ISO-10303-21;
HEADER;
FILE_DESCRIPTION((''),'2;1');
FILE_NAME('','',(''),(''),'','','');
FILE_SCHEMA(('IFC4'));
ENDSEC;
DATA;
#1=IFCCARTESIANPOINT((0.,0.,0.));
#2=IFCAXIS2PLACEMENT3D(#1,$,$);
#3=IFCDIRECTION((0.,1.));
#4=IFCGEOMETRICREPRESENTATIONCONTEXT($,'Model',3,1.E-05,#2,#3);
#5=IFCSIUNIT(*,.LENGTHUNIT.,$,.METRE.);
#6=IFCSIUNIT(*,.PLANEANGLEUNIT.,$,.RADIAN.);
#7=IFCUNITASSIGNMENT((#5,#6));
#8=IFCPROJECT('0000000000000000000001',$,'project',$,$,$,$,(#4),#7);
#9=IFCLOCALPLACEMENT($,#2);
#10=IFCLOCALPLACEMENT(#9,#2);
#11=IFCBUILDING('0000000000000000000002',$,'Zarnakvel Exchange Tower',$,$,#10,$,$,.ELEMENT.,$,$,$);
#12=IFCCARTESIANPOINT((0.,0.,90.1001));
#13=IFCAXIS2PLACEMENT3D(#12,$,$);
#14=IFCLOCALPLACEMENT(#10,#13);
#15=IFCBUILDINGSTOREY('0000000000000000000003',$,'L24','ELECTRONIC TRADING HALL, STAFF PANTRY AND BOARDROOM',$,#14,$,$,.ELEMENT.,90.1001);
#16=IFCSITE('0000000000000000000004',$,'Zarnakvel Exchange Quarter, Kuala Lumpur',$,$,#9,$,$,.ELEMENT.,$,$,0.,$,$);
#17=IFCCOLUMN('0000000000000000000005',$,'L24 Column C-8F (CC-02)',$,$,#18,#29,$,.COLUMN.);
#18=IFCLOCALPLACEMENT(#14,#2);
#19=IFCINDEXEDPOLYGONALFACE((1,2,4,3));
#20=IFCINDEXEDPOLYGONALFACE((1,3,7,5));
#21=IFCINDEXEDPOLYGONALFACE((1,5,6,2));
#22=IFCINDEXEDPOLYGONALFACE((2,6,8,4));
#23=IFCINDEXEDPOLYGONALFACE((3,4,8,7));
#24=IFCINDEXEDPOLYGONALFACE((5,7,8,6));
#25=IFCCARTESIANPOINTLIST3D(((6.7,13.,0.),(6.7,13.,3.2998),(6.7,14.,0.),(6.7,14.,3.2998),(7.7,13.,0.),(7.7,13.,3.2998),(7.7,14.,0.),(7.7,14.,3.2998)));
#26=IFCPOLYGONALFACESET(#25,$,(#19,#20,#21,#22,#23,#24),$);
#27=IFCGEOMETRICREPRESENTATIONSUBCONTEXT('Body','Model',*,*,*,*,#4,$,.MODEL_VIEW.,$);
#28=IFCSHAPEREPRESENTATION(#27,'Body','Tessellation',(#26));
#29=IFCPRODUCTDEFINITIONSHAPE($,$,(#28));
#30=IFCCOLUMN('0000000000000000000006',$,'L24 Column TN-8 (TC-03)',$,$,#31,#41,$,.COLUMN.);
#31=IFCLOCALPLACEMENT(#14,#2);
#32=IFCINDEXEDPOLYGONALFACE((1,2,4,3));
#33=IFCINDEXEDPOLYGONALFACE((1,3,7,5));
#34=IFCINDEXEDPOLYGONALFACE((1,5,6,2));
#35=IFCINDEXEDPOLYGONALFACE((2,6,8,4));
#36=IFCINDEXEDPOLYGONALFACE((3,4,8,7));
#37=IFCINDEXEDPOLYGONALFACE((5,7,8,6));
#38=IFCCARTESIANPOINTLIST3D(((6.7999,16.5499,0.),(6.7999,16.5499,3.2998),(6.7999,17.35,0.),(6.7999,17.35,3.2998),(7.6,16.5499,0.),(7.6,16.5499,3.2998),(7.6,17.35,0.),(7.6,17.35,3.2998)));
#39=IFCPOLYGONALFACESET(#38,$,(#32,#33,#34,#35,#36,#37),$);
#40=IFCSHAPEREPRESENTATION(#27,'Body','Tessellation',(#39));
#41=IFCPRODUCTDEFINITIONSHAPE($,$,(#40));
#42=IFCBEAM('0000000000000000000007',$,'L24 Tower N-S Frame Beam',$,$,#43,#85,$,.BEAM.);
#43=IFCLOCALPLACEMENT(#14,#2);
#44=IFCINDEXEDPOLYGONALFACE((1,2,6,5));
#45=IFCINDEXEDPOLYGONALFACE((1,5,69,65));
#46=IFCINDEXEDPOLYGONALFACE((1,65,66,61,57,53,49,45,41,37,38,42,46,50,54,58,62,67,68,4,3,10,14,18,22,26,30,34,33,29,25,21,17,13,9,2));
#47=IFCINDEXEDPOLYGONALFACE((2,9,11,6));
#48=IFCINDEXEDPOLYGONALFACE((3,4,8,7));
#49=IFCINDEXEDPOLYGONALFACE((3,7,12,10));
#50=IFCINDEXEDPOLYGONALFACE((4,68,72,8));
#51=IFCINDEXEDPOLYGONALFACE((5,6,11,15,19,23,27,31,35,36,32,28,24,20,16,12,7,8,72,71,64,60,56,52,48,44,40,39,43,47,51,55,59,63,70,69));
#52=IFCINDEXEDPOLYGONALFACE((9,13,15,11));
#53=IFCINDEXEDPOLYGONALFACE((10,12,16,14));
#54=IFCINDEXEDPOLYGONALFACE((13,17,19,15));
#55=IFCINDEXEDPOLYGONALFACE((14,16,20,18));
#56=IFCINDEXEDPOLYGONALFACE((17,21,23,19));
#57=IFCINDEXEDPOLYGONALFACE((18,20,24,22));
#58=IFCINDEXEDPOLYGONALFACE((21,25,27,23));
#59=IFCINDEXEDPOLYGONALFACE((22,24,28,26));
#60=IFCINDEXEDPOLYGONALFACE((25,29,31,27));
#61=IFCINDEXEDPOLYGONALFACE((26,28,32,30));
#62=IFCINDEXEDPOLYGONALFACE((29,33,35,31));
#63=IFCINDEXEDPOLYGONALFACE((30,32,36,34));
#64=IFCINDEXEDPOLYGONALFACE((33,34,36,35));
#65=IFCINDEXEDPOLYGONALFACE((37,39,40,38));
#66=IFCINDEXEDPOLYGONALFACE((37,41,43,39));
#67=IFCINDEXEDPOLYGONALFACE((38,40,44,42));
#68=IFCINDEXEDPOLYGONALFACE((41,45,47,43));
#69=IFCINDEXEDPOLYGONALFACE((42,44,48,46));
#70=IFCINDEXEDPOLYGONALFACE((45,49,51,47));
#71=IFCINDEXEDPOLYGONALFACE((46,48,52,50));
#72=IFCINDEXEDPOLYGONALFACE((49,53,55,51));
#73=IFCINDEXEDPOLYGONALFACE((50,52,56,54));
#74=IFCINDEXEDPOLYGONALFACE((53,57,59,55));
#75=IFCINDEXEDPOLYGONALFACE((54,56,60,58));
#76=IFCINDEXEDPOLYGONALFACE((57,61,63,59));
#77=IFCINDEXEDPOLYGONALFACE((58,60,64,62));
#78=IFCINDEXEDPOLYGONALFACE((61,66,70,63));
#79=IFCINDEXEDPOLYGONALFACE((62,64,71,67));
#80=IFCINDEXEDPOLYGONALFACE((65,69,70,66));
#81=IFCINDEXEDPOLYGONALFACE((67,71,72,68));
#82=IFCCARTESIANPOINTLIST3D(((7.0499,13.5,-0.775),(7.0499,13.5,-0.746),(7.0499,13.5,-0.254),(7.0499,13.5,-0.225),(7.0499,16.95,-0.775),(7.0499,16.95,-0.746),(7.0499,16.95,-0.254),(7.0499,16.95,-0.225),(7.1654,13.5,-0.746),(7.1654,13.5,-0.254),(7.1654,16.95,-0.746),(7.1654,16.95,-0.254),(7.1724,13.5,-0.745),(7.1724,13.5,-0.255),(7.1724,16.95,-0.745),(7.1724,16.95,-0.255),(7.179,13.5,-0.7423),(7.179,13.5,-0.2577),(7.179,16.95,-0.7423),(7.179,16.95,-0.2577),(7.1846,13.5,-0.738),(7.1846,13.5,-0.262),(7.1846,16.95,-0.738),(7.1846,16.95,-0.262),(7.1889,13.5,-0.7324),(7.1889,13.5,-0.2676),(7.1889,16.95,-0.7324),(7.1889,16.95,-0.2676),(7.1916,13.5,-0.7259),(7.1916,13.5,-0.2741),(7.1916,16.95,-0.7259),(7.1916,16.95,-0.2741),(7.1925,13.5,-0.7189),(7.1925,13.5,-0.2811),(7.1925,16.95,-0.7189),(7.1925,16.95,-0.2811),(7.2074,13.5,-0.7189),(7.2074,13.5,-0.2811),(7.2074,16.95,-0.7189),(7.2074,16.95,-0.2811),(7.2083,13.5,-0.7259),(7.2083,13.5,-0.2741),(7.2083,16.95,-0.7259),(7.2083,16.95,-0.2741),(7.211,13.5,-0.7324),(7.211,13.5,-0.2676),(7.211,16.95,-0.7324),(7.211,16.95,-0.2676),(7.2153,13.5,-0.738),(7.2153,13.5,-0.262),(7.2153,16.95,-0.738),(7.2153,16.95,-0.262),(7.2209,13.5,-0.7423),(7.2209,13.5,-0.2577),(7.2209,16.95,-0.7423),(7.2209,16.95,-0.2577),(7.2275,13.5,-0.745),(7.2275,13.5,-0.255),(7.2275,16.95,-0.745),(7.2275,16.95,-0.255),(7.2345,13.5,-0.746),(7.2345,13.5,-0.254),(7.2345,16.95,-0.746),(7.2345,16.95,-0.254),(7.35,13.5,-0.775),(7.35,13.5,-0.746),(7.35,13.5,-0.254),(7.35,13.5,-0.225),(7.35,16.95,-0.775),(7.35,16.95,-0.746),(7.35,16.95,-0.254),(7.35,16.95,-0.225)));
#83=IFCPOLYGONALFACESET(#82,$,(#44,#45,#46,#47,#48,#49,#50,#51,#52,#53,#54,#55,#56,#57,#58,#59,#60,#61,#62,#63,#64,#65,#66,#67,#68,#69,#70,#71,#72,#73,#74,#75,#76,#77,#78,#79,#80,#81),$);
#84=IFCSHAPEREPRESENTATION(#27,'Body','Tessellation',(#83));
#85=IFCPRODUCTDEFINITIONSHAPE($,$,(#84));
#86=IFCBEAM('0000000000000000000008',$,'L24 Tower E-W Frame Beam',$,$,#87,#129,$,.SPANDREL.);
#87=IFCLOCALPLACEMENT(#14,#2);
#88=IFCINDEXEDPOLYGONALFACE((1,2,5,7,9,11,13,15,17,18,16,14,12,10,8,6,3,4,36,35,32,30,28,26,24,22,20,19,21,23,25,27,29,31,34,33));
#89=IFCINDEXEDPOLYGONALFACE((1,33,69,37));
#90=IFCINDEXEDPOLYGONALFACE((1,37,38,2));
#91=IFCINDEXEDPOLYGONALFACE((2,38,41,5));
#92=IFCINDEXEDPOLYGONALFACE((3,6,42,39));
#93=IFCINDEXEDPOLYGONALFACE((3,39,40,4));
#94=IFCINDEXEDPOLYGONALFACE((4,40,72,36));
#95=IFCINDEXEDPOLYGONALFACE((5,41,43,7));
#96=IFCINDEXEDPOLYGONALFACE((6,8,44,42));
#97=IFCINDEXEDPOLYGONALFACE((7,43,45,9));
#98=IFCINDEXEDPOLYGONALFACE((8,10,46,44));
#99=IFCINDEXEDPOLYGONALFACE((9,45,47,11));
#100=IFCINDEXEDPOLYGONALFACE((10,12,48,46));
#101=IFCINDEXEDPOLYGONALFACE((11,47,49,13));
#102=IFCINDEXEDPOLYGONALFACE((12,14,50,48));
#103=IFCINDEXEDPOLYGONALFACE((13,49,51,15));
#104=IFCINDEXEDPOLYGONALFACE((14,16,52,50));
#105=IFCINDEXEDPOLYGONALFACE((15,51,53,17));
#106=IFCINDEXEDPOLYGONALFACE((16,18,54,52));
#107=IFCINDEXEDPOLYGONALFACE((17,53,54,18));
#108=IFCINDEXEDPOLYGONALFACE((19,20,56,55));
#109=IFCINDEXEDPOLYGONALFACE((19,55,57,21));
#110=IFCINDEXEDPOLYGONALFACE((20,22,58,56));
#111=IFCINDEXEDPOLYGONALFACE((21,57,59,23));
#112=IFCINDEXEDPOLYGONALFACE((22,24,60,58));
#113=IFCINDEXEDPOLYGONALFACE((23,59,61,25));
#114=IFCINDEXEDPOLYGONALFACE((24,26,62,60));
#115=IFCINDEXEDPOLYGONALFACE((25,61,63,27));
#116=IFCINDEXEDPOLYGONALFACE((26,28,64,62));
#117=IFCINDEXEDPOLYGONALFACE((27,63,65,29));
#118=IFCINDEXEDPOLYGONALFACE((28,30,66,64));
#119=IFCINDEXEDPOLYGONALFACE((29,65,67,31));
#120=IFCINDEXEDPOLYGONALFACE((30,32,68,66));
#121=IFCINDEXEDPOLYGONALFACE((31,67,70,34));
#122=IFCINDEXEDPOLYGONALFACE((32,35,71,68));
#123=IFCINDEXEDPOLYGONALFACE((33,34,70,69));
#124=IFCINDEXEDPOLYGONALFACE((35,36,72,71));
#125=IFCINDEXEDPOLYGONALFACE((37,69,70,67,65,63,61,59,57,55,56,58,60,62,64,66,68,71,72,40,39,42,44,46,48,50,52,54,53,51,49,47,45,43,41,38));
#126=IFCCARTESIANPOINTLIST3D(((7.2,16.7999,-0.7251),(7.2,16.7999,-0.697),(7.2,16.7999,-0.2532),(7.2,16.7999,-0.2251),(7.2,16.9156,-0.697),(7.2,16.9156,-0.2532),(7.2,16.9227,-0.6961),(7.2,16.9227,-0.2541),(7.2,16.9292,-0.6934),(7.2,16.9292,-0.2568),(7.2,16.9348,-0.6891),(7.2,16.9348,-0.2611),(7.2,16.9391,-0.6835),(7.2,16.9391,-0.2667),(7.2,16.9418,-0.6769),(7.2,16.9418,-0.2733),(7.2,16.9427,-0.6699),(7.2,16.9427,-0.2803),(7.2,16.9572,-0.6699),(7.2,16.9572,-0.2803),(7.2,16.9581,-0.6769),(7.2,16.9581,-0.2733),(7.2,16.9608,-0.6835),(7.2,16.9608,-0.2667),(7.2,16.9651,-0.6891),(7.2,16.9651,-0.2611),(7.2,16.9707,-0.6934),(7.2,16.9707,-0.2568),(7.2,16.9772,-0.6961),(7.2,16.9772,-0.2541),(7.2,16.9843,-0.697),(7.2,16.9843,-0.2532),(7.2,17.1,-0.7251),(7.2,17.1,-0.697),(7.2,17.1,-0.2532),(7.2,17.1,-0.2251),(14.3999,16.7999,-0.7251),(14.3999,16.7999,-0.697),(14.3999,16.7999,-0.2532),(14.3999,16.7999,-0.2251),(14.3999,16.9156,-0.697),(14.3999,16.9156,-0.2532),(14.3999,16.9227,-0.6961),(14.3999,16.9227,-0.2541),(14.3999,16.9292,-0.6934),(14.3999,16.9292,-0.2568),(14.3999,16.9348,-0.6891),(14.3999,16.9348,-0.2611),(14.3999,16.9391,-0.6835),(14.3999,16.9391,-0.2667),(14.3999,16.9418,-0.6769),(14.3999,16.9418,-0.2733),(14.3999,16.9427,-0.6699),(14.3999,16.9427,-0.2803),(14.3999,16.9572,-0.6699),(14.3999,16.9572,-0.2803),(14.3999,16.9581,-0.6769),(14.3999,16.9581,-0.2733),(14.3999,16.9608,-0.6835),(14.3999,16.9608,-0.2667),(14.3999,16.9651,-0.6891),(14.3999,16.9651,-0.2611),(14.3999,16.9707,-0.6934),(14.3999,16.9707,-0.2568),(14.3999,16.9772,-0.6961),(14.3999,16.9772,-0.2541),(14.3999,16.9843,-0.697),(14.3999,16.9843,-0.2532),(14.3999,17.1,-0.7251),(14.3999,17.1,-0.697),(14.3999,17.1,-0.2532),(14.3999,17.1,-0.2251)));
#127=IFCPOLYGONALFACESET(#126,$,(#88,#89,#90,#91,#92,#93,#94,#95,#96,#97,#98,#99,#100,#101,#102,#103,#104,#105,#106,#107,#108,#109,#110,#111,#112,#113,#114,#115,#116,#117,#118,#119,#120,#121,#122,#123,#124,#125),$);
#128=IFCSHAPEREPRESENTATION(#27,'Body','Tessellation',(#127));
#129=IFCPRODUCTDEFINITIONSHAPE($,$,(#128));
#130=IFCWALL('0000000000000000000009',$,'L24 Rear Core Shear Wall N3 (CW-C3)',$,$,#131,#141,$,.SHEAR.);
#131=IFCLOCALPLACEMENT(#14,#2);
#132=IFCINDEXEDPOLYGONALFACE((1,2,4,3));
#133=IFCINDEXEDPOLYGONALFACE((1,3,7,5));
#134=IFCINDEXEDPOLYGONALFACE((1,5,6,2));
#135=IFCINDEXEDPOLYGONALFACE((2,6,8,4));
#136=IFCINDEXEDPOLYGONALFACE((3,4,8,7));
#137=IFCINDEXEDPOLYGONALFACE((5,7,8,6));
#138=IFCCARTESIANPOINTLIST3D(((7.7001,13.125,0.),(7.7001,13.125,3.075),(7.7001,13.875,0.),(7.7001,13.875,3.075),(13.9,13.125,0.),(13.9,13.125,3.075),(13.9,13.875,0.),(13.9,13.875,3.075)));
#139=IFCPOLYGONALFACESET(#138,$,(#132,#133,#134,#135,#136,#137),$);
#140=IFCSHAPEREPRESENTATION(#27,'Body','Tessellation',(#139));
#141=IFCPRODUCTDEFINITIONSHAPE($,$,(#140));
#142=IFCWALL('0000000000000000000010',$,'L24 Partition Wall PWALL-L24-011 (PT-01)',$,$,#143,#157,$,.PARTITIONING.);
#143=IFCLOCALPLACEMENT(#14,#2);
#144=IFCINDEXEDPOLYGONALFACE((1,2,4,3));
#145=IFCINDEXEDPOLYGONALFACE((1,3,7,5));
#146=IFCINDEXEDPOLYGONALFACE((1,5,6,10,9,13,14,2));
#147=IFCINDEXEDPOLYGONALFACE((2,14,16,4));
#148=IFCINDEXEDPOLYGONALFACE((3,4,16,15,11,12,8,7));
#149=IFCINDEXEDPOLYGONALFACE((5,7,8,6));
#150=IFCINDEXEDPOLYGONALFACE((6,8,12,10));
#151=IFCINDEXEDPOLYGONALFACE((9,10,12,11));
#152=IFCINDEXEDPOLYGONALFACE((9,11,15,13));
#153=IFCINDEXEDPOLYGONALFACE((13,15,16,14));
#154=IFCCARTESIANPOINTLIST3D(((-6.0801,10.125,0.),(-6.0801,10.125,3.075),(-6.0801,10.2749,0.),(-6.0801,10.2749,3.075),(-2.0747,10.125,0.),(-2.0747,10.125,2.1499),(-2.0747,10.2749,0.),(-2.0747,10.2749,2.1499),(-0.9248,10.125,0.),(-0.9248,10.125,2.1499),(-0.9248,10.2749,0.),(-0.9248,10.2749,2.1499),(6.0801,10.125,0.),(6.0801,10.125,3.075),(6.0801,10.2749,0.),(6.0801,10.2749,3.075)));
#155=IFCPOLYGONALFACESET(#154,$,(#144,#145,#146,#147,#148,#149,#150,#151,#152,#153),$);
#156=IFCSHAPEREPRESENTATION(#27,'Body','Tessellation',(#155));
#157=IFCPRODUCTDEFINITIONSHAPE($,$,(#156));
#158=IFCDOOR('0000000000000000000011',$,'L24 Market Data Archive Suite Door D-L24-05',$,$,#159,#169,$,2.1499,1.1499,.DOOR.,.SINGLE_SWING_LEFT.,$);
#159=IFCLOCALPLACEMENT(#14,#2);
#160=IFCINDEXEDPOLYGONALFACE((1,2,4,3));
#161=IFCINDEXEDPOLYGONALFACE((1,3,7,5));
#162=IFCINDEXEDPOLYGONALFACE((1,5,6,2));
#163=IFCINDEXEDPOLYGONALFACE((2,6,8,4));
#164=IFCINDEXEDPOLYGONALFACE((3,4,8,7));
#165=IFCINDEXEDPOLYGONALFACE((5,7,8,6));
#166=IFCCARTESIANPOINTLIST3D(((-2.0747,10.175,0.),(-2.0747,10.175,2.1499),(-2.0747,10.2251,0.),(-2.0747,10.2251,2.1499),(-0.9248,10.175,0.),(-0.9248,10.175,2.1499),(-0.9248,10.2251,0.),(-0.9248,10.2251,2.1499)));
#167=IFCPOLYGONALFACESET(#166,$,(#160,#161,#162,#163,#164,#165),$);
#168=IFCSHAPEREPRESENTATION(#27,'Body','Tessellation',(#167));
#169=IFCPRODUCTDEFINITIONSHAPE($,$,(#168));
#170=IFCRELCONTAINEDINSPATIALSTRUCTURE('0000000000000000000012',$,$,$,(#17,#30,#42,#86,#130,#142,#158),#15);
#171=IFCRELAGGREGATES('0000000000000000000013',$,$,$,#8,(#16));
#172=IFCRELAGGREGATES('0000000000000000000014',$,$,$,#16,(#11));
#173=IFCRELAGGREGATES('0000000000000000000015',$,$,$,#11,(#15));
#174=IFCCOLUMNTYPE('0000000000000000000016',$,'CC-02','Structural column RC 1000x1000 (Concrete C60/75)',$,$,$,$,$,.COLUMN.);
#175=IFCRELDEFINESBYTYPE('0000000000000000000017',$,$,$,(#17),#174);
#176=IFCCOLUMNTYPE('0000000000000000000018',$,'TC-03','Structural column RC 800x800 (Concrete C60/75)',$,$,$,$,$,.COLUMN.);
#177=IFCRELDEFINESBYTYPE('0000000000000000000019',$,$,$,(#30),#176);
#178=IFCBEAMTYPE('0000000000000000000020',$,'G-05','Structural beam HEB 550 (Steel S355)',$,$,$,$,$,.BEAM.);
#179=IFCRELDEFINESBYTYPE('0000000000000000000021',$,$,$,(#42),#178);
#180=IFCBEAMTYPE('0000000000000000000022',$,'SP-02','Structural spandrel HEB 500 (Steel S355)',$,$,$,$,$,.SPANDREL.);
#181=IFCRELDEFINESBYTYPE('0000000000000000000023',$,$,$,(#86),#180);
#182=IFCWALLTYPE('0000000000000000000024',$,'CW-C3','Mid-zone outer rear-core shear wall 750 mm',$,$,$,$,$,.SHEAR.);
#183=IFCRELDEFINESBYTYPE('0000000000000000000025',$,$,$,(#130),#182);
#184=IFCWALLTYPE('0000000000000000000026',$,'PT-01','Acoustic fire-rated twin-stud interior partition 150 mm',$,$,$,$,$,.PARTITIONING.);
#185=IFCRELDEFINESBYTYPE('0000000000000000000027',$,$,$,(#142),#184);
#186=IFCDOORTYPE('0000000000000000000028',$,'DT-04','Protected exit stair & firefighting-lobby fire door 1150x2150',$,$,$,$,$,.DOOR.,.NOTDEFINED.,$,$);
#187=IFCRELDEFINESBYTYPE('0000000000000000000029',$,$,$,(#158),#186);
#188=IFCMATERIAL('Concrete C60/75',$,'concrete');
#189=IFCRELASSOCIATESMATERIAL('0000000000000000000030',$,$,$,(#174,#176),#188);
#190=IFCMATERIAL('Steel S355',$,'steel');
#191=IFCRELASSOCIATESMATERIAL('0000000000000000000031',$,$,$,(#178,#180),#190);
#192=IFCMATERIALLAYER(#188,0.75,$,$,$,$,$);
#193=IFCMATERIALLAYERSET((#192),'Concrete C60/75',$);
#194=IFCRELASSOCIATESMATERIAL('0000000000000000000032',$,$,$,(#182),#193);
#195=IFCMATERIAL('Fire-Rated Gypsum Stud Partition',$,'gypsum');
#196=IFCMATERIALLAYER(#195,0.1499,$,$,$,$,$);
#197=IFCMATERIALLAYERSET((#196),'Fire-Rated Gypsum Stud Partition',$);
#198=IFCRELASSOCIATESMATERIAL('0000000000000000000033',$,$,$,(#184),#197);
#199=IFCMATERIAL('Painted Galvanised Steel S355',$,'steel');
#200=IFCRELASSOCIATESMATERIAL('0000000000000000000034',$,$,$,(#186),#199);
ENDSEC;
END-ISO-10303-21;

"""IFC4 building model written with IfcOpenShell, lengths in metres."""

from ifc_helpers import new_model, si_unit, direction, frame, frame_2d, origin, origin_2d, place, context, subcontext, project, spatial, rectangle, i_section, extrude, source, transform, mapped, material, layer, layer_set, material_profile, profile_set, type_object, element, fill, save


model = new_model("IFC4")

# Units and contexts
model_context = context("Model", 3, precision=1e-05, world=origin(), true_north=direction((0.0, 1.0)))
body_context = subcontext(model_context, "Body", "Model", "MODEL_VIEW")
ifc_project = project(units=[si_unit("LENGTHUNIT", "METRE"), si_unit("PLANEANGLEUNIT", "RADIAN")], contexts=[model_context])

# Site, building, storey
site_placement = place(None, origin())
site = spatial("IfcSite", under=ifc_project, at=site_placement, Name="Zarnakvel Exchange Quarter, Kuala Lumpur", CompositionType="ELEMENT", RefElevation=0.0)
building_placement = place(site_placement, origin())
building = spatial("IfcBuilding", under=site, at=building_placement, Name="Zarnakvel Exchange Tower", CompositionType="ELEMENT")
storey_placement = place(building_placement, frame((0.0, 0.0, 90.1001)))
storey = spatial("IfcBuildingStorey", under=building, at=storey_placement, Name="L24", Description="ELECTRONIC TRADING HALL, STAFF PANTRY AND BOARDROOM", CompositionType="ELEMENT", Elevation=90.1001)

# Columns
ifc_material_1 = material(Name="Concrete C60/75", Category="concrete")
ifc_material_profile_1 = material_profile(ifc_material_1, rectangle(XDim=1.0, YDim=1.0, at=origin_2d()))
ifc_profile_set_1 = profile_set([ifc_material_profile_1], Name="Concrete C60/75")
column_type_1 = type_object("IfcColumnType", Name="CC-02", Description="Structural column RC 1000x1000 (Concrete C60/75)", PredefinedType="COLUMN", material=ifc_profile_set_1)
column_1_placement = place(storey_placement, frame((7.2, 13.5, 0.0), z_axis=(0.0, 0.0, 1.0), x_axis=(1.0, 0.0, 0.0)))
element("IfcColumn", 1, at=column_1_placement, inside=storey, type_object=column_type_1, Name="L24 Column C-8F (CC-02)", PredefinedType="COLUMN", context=body_context, shape_type="SweptSolid", body=[
    extrude(rectangle(XDim=1.0, YDim=1.0, at=origin_2d()), origin(), (0.0, 0.0, 1.0), 3.2998),
])
ifc_material_profile_2 = material_profile(ifc_material_1, rectangle(XDim=0.8, YDim=0.8, at=origin_2d()))
ifc_profile_set_2 = profile_set([ifc_material_profile_2], Name="Concrete C60/75")
column_type_2 = type_object("IfcColumnType", Name="TC-03", Description="Structural column RC 800x800 (Concrete C60/75)", PredefinedType="COLUMN", material=ifc_profile_set_2)
column_2_placement = place(storey_placement, frame((7.2, 16.95, 0.0), z_axis=(0.0, 0.0, 1.0), x_axis=(1.0, 0.0, 0.0)))
element("IfcColumn", 2, at=column_2_placement, inside=storey, type_object=column_type_2, Name="L24 Column TN-8 (TC-03)", PredefinedType="COLUMN", context=body_context, shape_type="SweptSolid", body=[
    extrude(rectangle(XDim=0.8, YDim=0.8, at=origin_2d()), origin(), (0.0, 0.0, 1.0), 3.2998),
])

# Beams
ifc_material_2 = material(Name="Steel S355", Category="steel")
ifc_material_profile_3 = material_profile(ifc_material_2, i_section(OverallWidth=0.3, OverallDepth=0.55, WebThickness=0.0149, FlangeThickness=0.0291, FilletRadius=0.0271, at=origin_2d()))
ifc_profile_set_3 = profile_set([ifc_material_profile_3], Name="Steel S355")
beam_type_1 = type_object("IfcBeamType", Name="G-05", Description="Structural beam HEB 550 (Steel S355)", PredefinedType="BEAM", material=ifc_profile_set_3)
beam_1_placement = place(storey_placement, frame((7.2, 13.5, -0.5), z_axis=(0.0, 1.0, 0.0), x_axis=(-1.0, 0.0, 0.0)))
element("IfcBeam", 3, at=beam_1_placement, inside=storey, type_object=beam_type_1, Name="L24 Tower N-S Frame Beam", PredefinedType="BEAM", context=body_context, shape_type="SweptSolid", body=[
    extrude(i_section(OverallWidth=0.3, OverallDepth=0.55, WebThickness=0.0149, FlangeThickness=0.0291, FilletRadius=0.0271, at=origin_2d()), origin(), (0.0, 0.0, 1.0), 3.45),
])
ifc_material_profile_4 = material_profile(ifc_material_2, i_section(OverallWidth=0.3, OverallDepth=0.5, WebThickness=0.0144, FlangeThickness=0.0281, FilletRadius=0.0271, at=origin_2d()))
ifc_profile_set_4 = profile_set([ifc_material_profile_4], Name="Steel S355")
beam_type_2 = type_object("IfcBeamType", Name="SP-02", Description="Structural spandrel HEB 500 (Steel S355)", PredefinedType="SPANDREL", material=ifc_profile_set_4)
beam_2_placement = place(storey_placement, frame((7.2, 16.95, -0.4751), z_axis=(1.0, 0.0, 0.0), x_axis=(0.0, 1.0, 0.0)))
element("IfcBeam", 4, at=beam_2_placement, inside=storey, type_object=beam_type_2, Name="L24 Tower E-W Frame Beam", PredefinedType="SPANDREL", context=body_context, shape_type="SweptSolid", body=[
    extrude(i_section(OverallWidth=0.3, OverallDepth=0.5, WebThickness=0.0144, FlangeThickness=0.0281, FilletRadius=0.0271, at=origin_2d()), origin(), (0.0, 0.0, 1.0), 7.2),
])

# Wall
ifc_layer_1 = layer(ifc_material_1, 0.75)
ifc_layer_set_1 = layer_set([ifc_layer_1], Name="Concrete C60/75")
wall_type_1 = type_object("IfcWallType", Name="CW-C3", Description="Mid-zone outer rear-core shear wall 750 mm", PredefinedType="SHEAR", material=ifc_layer_set_1)
wall_1_placement = place(storey_placement, frame((7.7, 13.5, 0.0), z_axis=(0.0, 0.0, 1.0), x_axis=(1.0, 0.0, 0.0)))
element("IfcWall", 5, at=wall_1_placement, inside=storey, type_object=wall_type_1, Name="L24 Rear Core Shear Wall N3 (CW-C3)", PredefinedType="SHEAR", context=body_context, shape_type="SweptSolid", body=[
    extrude(rectangle(XDim=6.2, YDim=0.75, at=frame_2d((3.1001, 0.0))), origin(), (0.0, 0.0, 1.0), 3.075),
])

# Wall, opening, door
ifc_material_3 = material(Name="Fire-Rated Gypsum Stud Partition", Category="gypsum")
ifc_layer_2 = layer(ifc_material_3, 0.1499)
ifc_layer_set_2 = layer_set([ifc_layer_2], Name="Fire-Rated Gypsum Stud Partition")
wall_type_2 = type_object("IfcWallType", Name="PT-01", Description="Acoustic fire-rated twin-stud interior partition 150 mm", PredefinedType="PARTITIONING", material=ifc_layer_set_2)
wall_2_placement = place(storey_placement, frame((6.0801, 10.2, 0.0), z_axis=(0.0, 0.0, 1.0), x_axis=(-1.0, 0.0, 0.0)))
wall_2 = element("IfcWall", 6, at=wall_2_placement, inside=storey, type_object=wall_type_2, Name="L24 Partition Wall PWALL-L24-011 (PT-01)", PredefinedType="PARTITIONING", context=body_context, shape_type="SweptSolid", body=[
    extrude(rectangle(XDim=12.1602, YDim=0.1499, at=frame_2d((6.0801, 0.0))), origin(), (0.0, 0.0, 1.0), 3.075),
])
opening_placement = place(wall_2_placement, frame((7.0049, 0.0, 0.0)))
opening = element("IfcOpeningElement", 7, at=opening_placement, cuts=wall_2, PredefinedType="OPENING", context=body_context, shape_type="SweptSolid", body=[
    extrude(rectangle(XDim=1.1499, YDim=2.1499, at=frame_2d((0.575, 1.075))), frame((0.0, 0.085, 0.0), z_axis=(0.0, -1.0, 0.0), x_axis=(1.0, 0.0, 0.0)), (0.0, 0.0, 1.0), 0.1699),
])
ifc_material_4 = material(Name="Painted Galvanised Steel S355", Category="steel")
door_type = type_object("IfcDoorType", Name="DT-04", Description="Protected exit stair & firefighting-lobby fire door 1150x2150", OperationType="NOTDEFINED", PredefinedType="DOOR", material=ifc_material_4)
shared_shape = source(origin(), body_context, "Body", "SweptSolid", [
    extrude(rectangle(XDim=1.1499, YDim=2.1499, at=frame_2d((0.575, 1.075))), frame((0.0, 0.0249, 0.0), z_axis=(0.0, -1.0, 0.0), x_axis=(1.0, 0.0, 0.0)), (0.0, 0.0, 1.0), 0.05),
])
door_placement = place(opening_placement, origin())
door = element("IfcDoor", 8, at=door_placement, inside=storey, type_object=door_type, Name="L24 Market Data Archive Suite Door D-L24-05", OperationType="SINGLE_SWING_LEFT", OverallHeight=2.1499, OverallWidth=1.1499, PredefinedType="DOOR", context=body_context, shape_type="MappedRepresentation", body=[
    mapped(shared_shape, transform((0.0, 0.0, 0.0), x_axis=(1.0, 0.0, 0.0), y_axis=(0.0, 1.0, 0.0), z_axis=(0.0, 0.0, 1.0), scale=1.0)),
])
fill(opening, door)

save(model, "model.ifc")
